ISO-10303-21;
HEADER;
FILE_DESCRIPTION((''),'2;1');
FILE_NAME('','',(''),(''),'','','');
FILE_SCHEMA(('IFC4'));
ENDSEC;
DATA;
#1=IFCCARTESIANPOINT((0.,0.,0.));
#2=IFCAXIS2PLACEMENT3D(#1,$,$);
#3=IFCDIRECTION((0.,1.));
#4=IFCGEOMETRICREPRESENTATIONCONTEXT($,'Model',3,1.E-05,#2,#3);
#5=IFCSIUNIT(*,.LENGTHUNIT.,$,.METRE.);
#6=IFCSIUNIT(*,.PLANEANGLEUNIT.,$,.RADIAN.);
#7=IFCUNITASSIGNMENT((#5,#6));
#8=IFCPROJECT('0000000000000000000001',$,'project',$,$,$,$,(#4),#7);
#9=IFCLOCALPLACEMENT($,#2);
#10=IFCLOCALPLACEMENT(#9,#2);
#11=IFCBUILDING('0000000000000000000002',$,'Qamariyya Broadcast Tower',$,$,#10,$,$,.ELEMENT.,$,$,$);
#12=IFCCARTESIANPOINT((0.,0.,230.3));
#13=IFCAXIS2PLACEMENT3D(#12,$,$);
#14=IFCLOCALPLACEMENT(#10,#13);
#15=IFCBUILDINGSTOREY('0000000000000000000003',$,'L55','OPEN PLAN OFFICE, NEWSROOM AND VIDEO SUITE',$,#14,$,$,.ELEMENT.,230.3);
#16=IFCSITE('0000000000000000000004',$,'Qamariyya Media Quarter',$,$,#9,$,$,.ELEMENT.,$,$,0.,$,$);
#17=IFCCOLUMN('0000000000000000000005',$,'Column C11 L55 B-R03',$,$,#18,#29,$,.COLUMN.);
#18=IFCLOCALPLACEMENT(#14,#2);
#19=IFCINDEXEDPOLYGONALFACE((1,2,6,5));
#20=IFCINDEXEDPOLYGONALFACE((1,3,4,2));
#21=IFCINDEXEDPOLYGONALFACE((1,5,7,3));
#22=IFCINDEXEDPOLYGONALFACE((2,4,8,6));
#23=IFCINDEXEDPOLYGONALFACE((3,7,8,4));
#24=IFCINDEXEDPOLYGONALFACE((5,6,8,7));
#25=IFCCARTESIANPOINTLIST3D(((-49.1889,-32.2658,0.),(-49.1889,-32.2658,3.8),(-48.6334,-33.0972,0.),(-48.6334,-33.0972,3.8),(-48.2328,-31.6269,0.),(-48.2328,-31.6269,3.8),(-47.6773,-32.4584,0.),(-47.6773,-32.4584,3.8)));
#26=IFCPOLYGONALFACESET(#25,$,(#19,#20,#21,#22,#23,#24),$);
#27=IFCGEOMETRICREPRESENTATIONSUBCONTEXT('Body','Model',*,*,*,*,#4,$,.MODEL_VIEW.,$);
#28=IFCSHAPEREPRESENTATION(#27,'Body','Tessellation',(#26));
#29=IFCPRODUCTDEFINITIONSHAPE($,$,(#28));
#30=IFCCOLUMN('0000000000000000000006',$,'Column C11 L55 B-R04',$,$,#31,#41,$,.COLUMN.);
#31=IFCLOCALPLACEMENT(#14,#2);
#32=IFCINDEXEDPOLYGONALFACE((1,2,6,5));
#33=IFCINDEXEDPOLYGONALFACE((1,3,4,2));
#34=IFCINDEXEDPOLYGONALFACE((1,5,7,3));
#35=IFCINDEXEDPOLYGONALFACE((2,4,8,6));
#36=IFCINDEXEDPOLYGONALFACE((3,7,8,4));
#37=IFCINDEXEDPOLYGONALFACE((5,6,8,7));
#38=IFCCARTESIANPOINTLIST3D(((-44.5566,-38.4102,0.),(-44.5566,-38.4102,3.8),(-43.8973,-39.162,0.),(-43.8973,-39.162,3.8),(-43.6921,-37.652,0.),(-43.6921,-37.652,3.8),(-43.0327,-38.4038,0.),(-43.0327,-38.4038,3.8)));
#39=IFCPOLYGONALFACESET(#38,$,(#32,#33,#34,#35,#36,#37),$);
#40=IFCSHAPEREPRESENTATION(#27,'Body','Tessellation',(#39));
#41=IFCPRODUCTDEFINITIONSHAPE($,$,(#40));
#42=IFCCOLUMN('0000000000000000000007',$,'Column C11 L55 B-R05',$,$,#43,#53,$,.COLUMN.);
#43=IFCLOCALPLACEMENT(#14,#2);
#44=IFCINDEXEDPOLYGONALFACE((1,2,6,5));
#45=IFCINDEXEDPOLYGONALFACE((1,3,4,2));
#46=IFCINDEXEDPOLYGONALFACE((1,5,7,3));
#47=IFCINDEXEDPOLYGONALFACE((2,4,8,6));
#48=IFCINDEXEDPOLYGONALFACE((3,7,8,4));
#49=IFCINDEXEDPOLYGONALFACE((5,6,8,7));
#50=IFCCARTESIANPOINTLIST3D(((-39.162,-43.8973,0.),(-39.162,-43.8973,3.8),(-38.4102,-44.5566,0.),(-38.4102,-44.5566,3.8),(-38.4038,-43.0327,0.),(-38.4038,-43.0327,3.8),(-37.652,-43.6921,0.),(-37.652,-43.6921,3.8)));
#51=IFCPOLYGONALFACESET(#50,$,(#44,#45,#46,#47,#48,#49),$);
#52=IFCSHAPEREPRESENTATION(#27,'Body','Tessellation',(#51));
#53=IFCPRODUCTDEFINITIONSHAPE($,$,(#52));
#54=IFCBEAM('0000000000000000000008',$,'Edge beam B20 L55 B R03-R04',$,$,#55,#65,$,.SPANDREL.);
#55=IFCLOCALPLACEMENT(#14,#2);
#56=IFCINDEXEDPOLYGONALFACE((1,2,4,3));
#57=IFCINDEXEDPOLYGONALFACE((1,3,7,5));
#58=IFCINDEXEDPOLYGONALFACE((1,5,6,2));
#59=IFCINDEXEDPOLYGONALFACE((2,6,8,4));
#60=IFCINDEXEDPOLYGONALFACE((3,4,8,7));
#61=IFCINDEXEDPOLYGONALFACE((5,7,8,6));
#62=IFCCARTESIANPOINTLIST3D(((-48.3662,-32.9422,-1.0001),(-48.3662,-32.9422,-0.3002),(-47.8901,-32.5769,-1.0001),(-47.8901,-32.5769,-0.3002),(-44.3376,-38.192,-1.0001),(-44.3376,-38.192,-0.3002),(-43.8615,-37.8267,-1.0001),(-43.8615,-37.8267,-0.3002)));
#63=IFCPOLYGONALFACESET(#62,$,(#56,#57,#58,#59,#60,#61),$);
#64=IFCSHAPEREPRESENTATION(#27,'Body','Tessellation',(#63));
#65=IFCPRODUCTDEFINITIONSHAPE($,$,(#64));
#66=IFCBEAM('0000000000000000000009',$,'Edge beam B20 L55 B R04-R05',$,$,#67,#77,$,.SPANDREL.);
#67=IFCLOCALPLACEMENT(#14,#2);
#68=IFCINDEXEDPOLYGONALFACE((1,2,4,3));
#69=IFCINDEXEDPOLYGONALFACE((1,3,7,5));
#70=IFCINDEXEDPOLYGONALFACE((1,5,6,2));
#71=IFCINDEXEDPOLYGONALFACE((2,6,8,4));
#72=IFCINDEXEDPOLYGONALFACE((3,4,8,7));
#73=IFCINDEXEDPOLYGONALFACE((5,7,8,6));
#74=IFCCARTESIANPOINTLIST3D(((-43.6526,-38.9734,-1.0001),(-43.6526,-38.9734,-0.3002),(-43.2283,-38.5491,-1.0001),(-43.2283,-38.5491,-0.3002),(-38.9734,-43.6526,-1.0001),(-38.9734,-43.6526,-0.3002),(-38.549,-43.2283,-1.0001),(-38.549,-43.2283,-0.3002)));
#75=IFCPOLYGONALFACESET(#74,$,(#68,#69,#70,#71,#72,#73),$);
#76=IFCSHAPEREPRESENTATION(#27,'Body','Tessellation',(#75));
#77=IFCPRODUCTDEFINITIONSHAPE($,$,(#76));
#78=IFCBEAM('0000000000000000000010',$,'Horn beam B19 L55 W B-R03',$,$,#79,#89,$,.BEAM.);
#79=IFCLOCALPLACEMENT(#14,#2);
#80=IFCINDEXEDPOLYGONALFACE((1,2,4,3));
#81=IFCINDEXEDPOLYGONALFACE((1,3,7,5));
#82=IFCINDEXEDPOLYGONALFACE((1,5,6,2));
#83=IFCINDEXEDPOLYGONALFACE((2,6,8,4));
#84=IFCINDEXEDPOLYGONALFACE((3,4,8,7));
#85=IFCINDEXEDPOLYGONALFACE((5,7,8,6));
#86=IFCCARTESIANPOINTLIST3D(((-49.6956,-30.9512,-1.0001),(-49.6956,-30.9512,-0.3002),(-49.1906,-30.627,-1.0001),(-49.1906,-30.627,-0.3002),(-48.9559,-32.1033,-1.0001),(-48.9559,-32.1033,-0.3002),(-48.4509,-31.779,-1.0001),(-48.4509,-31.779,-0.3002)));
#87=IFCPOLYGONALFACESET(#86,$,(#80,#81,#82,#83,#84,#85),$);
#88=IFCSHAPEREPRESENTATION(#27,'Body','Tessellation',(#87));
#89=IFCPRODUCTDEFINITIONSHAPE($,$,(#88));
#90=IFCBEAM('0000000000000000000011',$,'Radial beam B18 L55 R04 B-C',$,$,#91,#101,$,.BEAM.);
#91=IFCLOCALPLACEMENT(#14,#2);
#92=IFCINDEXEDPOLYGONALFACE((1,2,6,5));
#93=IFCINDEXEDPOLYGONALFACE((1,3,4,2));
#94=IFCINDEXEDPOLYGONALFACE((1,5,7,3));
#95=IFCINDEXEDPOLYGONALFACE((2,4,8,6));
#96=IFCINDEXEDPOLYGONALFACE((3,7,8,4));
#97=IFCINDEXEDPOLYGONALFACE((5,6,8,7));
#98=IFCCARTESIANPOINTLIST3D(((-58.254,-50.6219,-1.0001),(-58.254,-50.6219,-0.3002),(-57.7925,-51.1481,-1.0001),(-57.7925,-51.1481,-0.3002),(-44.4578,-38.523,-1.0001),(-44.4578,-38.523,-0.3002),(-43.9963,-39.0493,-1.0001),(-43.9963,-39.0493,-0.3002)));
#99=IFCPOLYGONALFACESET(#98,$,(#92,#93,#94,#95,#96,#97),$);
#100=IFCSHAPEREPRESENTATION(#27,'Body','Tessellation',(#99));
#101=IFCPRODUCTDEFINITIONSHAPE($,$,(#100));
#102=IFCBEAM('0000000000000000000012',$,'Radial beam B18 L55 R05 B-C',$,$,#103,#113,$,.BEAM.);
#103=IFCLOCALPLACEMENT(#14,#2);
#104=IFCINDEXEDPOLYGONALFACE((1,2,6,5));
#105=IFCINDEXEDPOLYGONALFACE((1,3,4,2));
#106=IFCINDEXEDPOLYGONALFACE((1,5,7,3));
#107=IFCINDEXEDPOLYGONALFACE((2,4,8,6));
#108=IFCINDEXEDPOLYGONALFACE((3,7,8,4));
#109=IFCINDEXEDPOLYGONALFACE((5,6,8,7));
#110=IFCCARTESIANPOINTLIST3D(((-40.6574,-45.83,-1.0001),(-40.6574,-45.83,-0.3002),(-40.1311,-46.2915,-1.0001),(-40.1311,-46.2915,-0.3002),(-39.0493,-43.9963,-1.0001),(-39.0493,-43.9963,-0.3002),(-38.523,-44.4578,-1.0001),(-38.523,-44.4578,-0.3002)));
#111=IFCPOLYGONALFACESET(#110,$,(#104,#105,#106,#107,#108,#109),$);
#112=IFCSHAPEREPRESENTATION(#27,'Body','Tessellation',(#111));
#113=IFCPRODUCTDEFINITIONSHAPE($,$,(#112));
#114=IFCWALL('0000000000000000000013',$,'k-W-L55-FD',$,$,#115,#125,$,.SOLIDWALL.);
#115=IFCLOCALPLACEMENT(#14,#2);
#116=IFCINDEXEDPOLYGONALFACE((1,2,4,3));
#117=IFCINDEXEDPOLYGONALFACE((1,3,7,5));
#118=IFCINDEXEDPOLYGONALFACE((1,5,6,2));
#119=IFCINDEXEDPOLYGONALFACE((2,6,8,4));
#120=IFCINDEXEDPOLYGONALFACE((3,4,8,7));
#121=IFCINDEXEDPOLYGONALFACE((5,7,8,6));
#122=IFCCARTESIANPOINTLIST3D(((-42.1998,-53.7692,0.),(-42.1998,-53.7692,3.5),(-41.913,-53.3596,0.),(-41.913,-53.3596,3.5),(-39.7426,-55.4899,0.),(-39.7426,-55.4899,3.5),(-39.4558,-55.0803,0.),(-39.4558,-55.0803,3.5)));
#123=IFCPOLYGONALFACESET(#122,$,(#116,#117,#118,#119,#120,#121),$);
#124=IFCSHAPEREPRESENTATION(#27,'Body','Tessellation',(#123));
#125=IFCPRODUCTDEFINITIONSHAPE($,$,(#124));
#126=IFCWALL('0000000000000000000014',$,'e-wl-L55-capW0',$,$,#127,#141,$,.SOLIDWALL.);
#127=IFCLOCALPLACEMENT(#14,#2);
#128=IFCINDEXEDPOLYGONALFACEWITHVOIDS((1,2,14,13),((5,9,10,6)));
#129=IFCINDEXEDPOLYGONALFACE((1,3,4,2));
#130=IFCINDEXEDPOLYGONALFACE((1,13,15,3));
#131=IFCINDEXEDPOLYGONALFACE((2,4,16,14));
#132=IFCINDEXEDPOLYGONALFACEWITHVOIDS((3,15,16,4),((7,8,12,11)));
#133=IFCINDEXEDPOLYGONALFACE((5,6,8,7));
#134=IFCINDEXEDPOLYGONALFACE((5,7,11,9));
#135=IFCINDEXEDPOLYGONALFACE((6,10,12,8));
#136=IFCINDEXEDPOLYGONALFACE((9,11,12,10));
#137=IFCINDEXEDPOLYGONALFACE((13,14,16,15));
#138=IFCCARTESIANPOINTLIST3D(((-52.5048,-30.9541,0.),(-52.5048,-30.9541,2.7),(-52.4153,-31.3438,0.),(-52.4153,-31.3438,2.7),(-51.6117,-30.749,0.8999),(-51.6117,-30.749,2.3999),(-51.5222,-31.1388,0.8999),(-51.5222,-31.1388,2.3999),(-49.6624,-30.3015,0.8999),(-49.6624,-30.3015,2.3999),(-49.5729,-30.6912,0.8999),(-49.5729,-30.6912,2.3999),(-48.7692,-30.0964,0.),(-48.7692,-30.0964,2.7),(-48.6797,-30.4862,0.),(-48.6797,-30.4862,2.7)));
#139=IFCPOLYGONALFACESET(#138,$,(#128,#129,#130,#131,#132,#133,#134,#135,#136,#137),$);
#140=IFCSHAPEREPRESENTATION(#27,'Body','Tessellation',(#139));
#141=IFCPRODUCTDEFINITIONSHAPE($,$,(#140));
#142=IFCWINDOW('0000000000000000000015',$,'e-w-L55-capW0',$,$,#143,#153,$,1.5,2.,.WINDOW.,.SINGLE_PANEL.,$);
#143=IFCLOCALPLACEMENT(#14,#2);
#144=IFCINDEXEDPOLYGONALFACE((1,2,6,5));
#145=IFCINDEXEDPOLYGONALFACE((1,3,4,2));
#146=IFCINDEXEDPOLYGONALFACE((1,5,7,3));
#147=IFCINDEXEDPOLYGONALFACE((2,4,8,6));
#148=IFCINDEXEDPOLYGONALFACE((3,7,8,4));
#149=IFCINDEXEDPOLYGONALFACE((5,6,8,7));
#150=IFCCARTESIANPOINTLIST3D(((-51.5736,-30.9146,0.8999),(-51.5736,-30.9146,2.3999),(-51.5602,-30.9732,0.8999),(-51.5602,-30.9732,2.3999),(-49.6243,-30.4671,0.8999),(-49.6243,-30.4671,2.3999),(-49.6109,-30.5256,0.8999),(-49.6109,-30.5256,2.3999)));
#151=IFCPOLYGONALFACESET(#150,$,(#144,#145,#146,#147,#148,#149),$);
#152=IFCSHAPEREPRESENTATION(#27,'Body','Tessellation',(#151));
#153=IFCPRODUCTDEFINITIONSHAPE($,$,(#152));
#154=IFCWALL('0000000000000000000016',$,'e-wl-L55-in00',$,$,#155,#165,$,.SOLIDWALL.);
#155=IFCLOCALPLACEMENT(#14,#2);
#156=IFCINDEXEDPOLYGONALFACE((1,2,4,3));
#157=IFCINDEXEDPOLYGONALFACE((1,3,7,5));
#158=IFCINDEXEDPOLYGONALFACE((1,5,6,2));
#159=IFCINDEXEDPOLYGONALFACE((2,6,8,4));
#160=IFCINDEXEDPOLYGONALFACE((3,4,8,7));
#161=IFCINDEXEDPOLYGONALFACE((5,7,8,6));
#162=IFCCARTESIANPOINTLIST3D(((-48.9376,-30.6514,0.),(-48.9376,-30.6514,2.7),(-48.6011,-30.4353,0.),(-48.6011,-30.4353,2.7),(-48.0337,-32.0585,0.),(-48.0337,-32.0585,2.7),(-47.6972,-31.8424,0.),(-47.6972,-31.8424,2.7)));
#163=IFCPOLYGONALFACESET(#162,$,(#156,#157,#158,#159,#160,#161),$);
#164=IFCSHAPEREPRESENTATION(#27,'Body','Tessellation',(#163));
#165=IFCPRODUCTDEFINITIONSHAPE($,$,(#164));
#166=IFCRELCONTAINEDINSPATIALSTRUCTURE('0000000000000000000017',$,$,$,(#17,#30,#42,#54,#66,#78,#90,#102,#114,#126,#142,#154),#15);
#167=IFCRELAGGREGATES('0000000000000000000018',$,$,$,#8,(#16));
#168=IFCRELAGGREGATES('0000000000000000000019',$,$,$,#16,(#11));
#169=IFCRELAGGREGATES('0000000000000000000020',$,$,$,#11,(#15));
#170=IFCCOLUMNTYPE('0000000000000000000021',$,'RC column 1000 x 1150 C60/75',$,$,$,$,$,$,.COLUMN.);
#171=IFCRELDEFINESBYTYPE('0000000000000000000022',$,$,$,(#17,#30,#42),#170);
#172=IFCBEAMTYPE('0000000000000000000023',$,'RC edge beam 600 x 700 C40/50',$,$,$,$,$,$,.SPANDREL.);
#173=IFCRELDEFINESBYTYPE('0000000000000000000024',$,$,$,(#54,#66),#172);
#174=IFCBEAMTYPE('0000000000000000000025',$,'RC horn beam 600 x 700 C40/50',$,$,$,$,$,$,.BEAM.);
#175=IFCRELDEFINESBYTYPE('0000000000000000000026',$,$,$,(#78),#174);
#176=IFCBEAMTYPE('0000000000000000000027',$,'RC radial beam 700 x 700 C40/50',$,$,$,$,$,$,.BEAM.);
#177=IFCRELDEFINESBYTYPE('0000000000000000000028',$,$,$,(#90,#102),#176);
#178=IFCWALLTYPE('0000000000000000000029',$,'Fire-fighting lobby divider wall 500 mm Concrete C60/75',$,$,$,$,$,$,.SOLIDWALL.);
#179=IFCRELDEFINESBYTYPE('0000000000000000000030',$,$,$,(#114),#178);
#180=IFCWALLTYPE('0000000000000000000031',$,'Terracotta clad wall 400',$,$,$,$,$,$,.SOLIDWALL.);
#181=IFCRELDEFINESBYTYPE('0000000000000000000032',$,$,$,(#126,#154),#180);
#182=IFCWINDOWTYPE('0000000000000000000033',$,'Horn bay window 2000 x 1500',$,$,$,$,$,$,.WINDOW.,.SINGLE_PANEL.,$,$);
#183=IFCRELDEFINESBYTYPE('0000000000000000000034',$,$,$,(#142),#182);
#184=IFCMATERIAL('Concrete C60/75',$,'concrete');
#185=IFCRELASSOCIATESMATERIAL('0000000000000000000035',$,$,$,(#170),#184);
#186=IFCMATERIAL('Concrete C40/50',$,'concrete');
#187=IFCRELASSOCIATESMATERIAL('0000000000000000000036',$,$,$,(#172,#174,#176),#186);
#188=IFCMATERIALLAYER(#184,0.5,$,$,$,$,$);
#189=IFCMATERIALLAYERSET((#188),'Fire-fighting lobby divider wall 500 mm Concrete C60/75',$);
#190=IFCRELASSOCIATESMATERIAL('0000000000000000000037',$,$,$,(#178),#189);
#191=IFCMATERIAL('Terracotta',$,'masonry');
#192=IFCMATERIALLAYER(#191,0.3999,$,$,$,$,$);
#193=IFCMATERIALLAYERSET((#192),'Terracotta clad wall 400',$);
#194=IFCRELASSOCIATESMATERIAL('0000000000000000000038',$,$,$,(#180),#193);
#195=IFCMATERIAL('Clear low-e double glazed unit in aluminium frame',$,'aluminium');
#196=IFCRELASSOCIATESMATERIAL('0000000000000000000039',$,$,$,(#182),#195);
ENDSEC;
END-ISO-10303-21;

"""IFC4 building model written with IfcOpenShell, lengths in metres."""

from ifc_helpers import new_model, si_unit, direction, frame, frame_2d, origin, origin_2d, place, context, subcontext, project, spatial, rectangle, extrude, material, layer, layer_set, material_profile, profile_set, type_object, element, fill, save


model = new_model("IFC4")

# Units and contexts
model_context = context("Model", 3, precision=1e-05, world=origin(), true_north=direction((0.0, 1.0)))
body_context = subcontext(model_context, "Body", "Model", "MODEL_VIEW")
ifc_project = project(units=[si_unit("LENGTHUNIT", "METRE"), si_unit("PLANEANGLEUNIT", "RADIAN")], contexts=[model_context])

# Site, building, storey
site_placement = place(None, origin())
site = spatial("IfcSite", under=ifc_project, at=site_placement, Name="Qamariyya Media Quarter", CompositionType="ELEMENT", RefElevation=0.0)
building_placement = place(site_placement, origin())
building = spatial("IfcBuilding", under=site, at=building_placement, Name="Qamariyya Broadcast Tower", CompositionType="ELEMENT")
storey_placement = place(building_placement, frame((0.0, 0.0, 230.3)))
storey = spatial("IfcBuildingStorey", under=building, at=storey_placement, Name="L55", Description="OPEN PLAN OFFICE, NEWSROOM AND VIDEO SUITE", CompositionType="ELEMENT", Elevation=230.3)

# Columns
ifc_material_1 = material(Name="Concrete C60/75", Category="concrete")
ifc_material_profile_1 = material_profile(ifc_material_1, rectangle(XDim=1.0, YDim=1.1499, at=origin_2d()))
ifc_profile_set_1 = profile_set([ifc_material_profile_1], Name="Concrete C60/75")
column_type = type_object("IfcColumnType", Name="RC column 1000 x 1150 C60/75", PredefinedType="COLUMN", material=ifc_profile_set_1)
for number, where, z_axis, x_axis, name in (
    (1, (-48.4331, -32.3621, 0.0), (0.0, 0.0, 1.0), (0.55557, -0.83147, 0.0), "Column C11 L55 B-R03"),
    (2, (-43.7947, -38.407, 0.0), (0.0, 0.0, 1.0), (0.659346, -0.75184, 0.0), "Column C11 L55 B-R04"),
    (3, (-38.407, -43.7947, 0.0), (0.0, 0.0, 1.0), (0.75184, -0.659346, 0.0), "Column C11 L55 B-R05"),
):
    element("IfcColumn", number, at=place(storey_placement, frame(where, z_axis=z_axis, x_axis=x_axis)), inside=storey, type_object=column_type, Name=name, PredefinedType="COLUMN", context=body_context, shape_type="SweptSolid", body=[
        extrude(rectangle(XDim=1.0, YDim=1.1499, at=origin_2d()), origin(), (0.0, 0.0, 1.0), 3.8),
    ])

# Beams
ifc_material_2 = material(Name="Concrete C40/50", Category="concrete")
ifc_material_profile_2 = material_profile(ifc_material_2, rectangle(XDim=0.6001, YDim=0.7, at=origin_2d()))
ifc_profile_set_2 = profile_set([ifc_material_profile_2], Name="Concrete C40/50")
beam_type_1 = type_object("IfcBeamType", Name="RC edge beam 600 x 700 C40/50", PredefinedType="SPANDREL", material=ifc_profile_set_2)
for number, where, z_axis, x_axis, name in (
    (4, (-48.1282, -32.7595, -0.6501), (0.608789, -0.793333, 0.0), (0.793333, 0.608789, 0.0), "Edge beam B20 L55 B R03-R04"),
    (5, (-43.4404, -38.7612, -0.6501), (0.707107, -0.707107, 0.0), (0.707107, 0.707107, 0.0), "Edge beam B20 L55 B R04-R05"),
):
    element("IfcBeam", number, at=place(storey_placement, frame(where, z_axis=z_axis, x_axis=x_axis)), inside=storey, type_object=beam_type_1, Name=name, PredefinedType="SPANDREL", context=body_context, shape_type="SweptSolid", body=[
        extrude(rectangle(XDim=0.6001, YDim=0.7, at=origin_2d()), origin(), (0.0, 0.0, 1.0), 6.6174),
    ])
ifc_material_profile_3 = material_profile(ifc_material_2, rectangle(XDim=0.6001, YDim=0.7, at=origin_2d()))
ifc_profile_set_3 = profile_set([ifc_material_profile_3], Name="Concrete C40/50")
beam_type_2 = type_object("IfcBeamType", Name="RC horn beam 600 x 700 C40/50", PredefinedType="BEAM", material=ifc_profile_set_3)
beam_1_placement = place(storey_placement, frame((-48.7034, -31.9412, -0.6501), z_axis=(-0.540298, 0.841474, 0.0), x_axis=(-0.841474, -0.540298, 0.0)))
element("IfcBeam", 6, at=beam_1_placement, inside=storey, type_object=beam_type_2, Name="Horn beam B19 L55 W B-R03", PredefinedType="BEAM", context=body_context, shape_type="SweptSolid", body=[
    extrude(rectangle(XDim=0.6001, YDim=0.7, at=origin_2d()), origin(), (0.0, 0.0, 1.0), 1.3691),
])
ifc_material_profile_4 = material_profile(ifc_material_2, rectangle(XDim=0.7, YDim=0.7, at=origin_2d()))
ifc_profile_set_4 = profile_set([ifc_material_profile_4], Name="Concrete C40/50")
beam_type_3 = type_object("IfcBeamType", Name="RC radial beam 700 x 700 C40/50", PredefinedType="BEAM", material=ifc_profile_set_4)
beam_2_placement = place(storey_placement, frame((-44.2271, -38.7861, -0.6501), z_axis=(-0.75184, -0.659345, 0.0), x_axis=(0.659345, -0.75184, 0.0)))
element("IfcBeam", 7, at=beam_2_placement, inside=storey, type_object=beam_type_3, Name="Radial beam B18 L55 R04 B-C", PredefinedType="BEAM", context=body_context, shape_type="SweptSolid", body=[
    extrude(rectangle(XDim=0.7, YDim=0.7, at=origin_2d()), origin(), (0.0, 0.0, 1.0), 18.3499),
])
beam_3_placement = place(storey_placement, frame((-38.7861, -44.2271, -0.6501), z_axis=(-0.659348, -0.751838, 0.0), x_axis=(0.751838, -0.659348, 0.0)))
element("IfcBeam", 8, at=beam_3_placement, inside=storey, type_object=beam_type_3, Name="Radial beam B18 L55 R05 B-C", PredefinedType="BEAM", context=body_context, shape_type="SweptSolid", body=[
    extrude(rectangle(XDim=0.7, YDim=0.7, at=origin_2d()), origin(), (0.0, 0.0, 1.0), 2.439),
])

# Wall
ifc_layer_1 = layer(ifc_material_1, 0.5)
ifc_layer_set_1 = layer_set([ifc_layer_1], Name="Fire-fighting lobby divider wall 500 mm Concrete C60/75")
wall_type_1 = type_object("IfcWallType", Name="Fire-fighting lobby divider wall 500 mm Concrete C60/75", PredefinedType="SOLIDWALL", material=ifc_layer_set_1)
wall_1_placement = place(storey_placement, frame((-39.5991, -55.2852, 0.0), z_axis=(0.0, 0.0, 1.0), x_axis=(-0.819136, 0.573599, 0.0)))
element("IfcWall", 9, at=wall_1_placement, inside=storey, type_object=wall_type_1, Name="k-W-L55-FD", PredefinedType="SOLIDWALL", context=body_context, shape_type="SweptSolid", body=[
    extrude(rectangle(XDim=2.9998, YDim=0.5, at=frame_2d((1.5, 0.0))), origin(), (0.0, 0.0, 1.0), 3.5),
])

# Wall, opening, window
ifc_material_3 = material(Name="Terracotta", Category="masonry")
ifc_layer_2 = layer(ifc_material_3, 0.3999)
ifc_layer_set_2 = layer_set([ifc_layer_2], Name="Terracotta clad wall 400")
wall_type_2 = type_object("IfcWallType", Name="Terracotta clad wall 400", PredefinedType="SOLIDWALL", material=ifc_layer_set_2)
wall_2_placement = place(storey_placement, frame((-48.7244, -30.2913, 0.0), z_axis=(0.0, 0.0, 1.0), x_axis=(-0.974642, -0.223771, 0.0)))
wall_2 = element("IfcWall", 10, at=wall_2_placement, inside=storey, type_object=wall_type_2, Name="e-wl-L55-capW0", PredefinedType="SOLIDWALL", context=body_context, shape_type="SweptSolid", body=[
    extrude(rectangle(XDim=3.8328, YDim=0.3999, at=frame_2d((1.9165, 0.0))), origin(), (0.0, 0.0, 1.0), 2.7),
])
opening_1_placement = place(wall_2_placement, frame((0.9165, 0.0, 0.8999)))
opening_1 = element("IfcOpeningElement", 11, at=opening_1_placement, cuts=wall_2, PredefinedType="OPENING", context=body_context, shape_type="SweptSolid", body=[
    extrude(rectangle(XDim=2.0, YDim=1.5, at=frame_2d((1.0, 0.75))), frame((0.0, 0.21, 0.0), z_axis=(0.0, -1.0, 0.0), x_axis=(1.0, 0.0, 0.0)), (0.0, 0.0, 1.0), 0.4199),
])
ifc_material_4 = material(Name="Clear low-e double glazed unit in aluminium frame", Category="aluminium")
window_type_1 = type_object("IfcWindowType", Name="Horn bay window 2000 x 1500", PartitioningType="SINGLE_PANEL", PredefinedType="WINDOW", material=ifc_material_4)
window_1_placement = place(opening_1_placement, origin())
window_1 = element("IfcWindow", 12, at=window_1_placement, inside=storey, type_object=window_type_1, Name="e-w-L55-capW0", OverallHeight=1.5, OverallWidth=2.0, PartitioningType="SINGLE_PANEL", PredefinedType="WINDOW", context=body_context, shape_type="SweptSolid", body=[
    extrude(rectangle(XDim=2.0, YDim=1.5, at=frame_2d((1.0, 0.75))), frame((0.0, 0.03, 0.0), z_axis=(0.0, -1.0, 0.0), x_axis=(1.0, 0.0, 0.0)), (0.0, 0.0, 1.0), 0.0601),
])
fill(opening_1, window_1)

# Wall
wall_3_placement = place(storey_placement, frame((-47.8655, -31.9504, 0.0), z_axis=(0.0, 0.0, 1.0), x_axis=(-0.54047, 0.841363, 0.0)))
element("IfcWall", 13, at=wall_3_placement, inside=storey, type_object=wall_type_2, Name="e-wl-L55-in00", PredefinedType="SOLIDWALL", context=body_context, shape_type="SweptSolid", body=[
    extrude(rectangle(XDim=1.6724, YDim=0.3999, at=frame_2d((0.8362, 0.0))), origin(), (0.0, 0.0, 1.0), 2.7),
])

save(model, "model.ifc")
